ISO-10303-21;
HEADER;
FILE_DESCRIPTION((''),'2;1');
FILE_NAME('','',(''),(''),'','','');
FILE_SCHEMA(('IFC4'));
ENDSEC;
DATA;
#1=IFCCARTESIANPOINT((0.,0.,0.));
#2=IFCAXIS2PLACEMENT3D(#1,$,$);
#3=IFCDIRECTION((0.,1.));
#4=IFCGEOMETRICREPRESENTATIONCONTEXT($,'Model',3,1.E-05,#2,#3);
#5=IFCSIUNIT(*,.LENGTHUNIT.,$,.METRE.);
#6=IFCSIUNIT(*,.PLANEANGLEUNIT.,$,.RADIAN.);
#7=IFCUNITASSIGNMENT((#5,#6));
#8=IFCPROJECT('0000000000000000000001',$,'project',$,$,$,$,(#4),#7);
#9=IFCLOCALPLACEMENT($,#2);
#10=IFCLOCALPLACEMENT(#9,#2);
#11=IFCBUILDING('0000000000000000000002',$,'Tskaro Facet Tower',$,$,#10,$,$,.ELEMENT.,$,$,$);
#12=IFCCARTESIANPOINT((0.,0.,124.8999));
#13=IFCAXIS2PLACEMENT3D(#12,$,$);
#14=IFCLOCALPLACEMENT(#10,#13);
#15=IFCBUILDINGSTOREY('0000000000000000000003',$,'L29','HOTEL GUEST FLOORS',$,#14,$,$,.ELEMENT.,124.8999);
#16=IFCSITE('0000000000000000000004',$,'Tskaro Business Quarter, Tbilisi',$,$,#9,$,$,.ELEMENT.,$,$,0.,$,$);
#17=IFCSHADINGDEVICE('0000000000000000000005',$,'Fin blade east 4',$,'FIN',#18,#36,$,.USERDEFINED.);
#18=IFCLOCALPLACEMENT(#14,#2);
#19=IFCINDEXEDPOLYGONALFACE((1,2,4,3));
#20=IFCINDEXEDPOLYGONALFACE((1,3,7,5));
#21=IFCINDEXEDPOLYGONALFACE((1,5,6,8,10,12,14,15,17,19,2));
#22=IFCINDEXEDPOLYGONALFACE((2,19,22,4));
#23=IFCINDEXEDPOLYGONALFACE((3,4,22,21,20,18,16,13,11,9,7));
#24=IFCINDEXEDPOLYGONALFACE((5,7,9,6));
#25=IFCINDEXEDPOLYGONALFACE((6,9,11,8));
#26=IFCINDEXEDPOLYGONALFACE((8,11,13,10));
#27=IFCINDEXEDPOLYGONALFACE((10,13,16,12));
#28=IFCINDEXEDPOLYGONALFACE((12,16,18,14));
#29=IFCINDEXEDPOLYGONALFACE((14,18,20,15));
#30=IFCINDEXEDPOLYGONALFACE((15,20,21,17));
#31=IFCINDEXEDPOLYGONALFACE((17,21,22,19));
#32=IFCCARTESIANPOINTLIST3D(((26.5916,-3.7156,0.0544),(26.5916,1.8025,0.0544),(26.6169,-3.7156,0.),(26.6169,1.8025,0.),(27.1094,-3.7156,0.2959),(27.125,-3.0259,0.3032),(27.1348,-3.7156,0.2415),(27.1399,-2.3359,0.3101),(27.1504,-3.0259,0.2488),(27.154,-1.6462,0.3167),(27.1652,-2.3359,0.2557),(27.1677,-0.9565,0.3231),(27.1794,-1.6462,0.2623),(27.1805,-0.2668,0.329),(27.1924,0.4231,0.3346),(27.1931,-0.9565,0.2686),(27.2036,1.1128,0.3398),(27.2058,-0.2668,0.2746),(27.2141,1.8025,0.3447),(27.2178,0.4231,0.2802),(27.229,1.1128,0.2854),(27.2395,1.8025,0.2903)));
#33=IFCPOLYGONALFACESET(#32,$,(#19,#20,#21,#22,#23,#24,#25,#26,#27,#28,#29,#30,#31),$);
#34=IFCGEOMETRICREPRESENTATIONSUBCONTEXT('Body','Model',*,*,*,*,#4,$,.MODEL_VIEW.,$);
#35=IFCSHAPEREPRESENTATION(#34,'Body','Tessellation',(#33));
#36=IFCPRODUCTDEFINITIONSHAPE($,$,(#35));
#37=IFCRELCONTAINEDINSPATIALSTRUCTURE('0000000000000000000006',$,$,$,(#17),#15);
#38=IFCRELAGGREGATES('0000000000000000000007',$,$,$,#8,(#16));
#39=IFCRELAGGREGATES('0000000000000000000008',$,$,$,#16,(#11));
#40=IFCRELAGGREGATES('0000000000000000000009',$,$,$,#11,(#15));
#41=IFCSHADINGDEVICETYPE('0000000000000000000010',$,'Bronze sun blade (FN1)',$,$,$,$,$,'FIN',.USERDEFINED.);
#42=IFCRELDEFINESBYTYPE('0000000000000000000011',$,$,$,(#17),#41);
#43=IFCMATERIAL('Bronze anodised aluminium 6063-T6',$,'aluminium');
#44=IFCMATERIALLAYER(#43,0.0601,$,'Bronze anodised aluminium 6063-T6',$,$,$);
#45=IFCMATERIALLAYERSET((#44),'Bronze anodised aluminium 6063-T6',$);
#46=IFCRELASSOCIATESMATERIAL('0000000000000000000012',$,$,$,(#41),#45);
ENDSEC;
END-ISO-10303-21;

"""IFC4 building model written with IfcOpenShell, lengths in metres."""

from ifc_helpers import new_model, si_unit, direction, frame, origin, place, context, subcontext, project, spatial, polyline, outline, extrude, material, layer, layer_set, type_object, element, save


model = new_model("IFC4")

# Units and contexts
model_context = context("Model", 3, precision=1e-05, world=origin(), true_north=direction((0.0, 1.0)))
body_context = subcontext(model_context, "Body", "Model", "MODEL_VIEW")
ifc_project = project(units=[si_unit("LENGTHUNIT", "METRE"), si_unit("PLANEANGLEUNIT", "RADIAN")], contexts=[model_context])

# Site, building, storey
site_placement = place(None, origin())
site = spatial("IfcSite", under=ifc_project, at=site_placement, Name="Tskaro Business Quarter, Tbilisi", CompositionType="ELEMENT", RefElevation=0.0)
building_placement = place(site_placement, origin())
building = spatial("IfcBuilding", under=site, at=building_placement, Name="Tskaro Facet Tower", CompositionType="ELEMENT")
storey_placement = place(building_placement, frame((0.0, 0.0, 124.8999)))
storey = spatial("IfcBuildingStorey", under=building, at=storey_placement, Name="L29", Description="HOTEL GUEST FLOORS", CompositionType="ELEMENT", Elevation=124.8999)

# Shared definitions
ifc_material_1 = material(Name="Bronze anodised aluminium 6063-T6", Category="aluminium")

# Shading device
ifc_layer_1 = layer(ifc_material_1, 0.0601, Name="Bronze anodised aluminium 6063-T6")
ifc_layer_set_1 = layer_set([ifc_layer_1], Name="Bronze anodised aluminium 6063-T6")
shading_device_type = type_object("IfcShadingDeviceType", Name="Bronze sun blade (FN1)", ElementType="FIN", PredefinedType="USERDEFINED", material=ifc_layer_set_1)
shading_device_placement = place(storey_placement, frame((26.5916, -3.7156, 0.0544), z_axis=(-0.422599, 0.000001, 0.906317), x_axis=(0.0, 1.0, -0.000001)))
element("IfcShadingDevice", 1, at=shading_device_placement, inside=storey, type_object=shading_device_type, Name="Fin blade east 4", ObjectType="FIN", PredefinedType="USERDEFINED", context=body_context, shape_type="SweptSolid", body=[
    extrude(outline(polyline([(0.0, 0.0), (5.5181, 0.0), (5.5181, -0.6869), (4.8284, -0.6753), (4.1387, -0.663), (3.4487, -0.6498), (2.759, -0.6357), (2.0693, -0.6206), (1.3796, -0.605), (0.6897, -0.5886), (0.0, -0.5713), (0.0, 0.0)])), origin(), (0.0, 0.0, -1.0), 0.0601),
])

save(model, "model.ifc")
